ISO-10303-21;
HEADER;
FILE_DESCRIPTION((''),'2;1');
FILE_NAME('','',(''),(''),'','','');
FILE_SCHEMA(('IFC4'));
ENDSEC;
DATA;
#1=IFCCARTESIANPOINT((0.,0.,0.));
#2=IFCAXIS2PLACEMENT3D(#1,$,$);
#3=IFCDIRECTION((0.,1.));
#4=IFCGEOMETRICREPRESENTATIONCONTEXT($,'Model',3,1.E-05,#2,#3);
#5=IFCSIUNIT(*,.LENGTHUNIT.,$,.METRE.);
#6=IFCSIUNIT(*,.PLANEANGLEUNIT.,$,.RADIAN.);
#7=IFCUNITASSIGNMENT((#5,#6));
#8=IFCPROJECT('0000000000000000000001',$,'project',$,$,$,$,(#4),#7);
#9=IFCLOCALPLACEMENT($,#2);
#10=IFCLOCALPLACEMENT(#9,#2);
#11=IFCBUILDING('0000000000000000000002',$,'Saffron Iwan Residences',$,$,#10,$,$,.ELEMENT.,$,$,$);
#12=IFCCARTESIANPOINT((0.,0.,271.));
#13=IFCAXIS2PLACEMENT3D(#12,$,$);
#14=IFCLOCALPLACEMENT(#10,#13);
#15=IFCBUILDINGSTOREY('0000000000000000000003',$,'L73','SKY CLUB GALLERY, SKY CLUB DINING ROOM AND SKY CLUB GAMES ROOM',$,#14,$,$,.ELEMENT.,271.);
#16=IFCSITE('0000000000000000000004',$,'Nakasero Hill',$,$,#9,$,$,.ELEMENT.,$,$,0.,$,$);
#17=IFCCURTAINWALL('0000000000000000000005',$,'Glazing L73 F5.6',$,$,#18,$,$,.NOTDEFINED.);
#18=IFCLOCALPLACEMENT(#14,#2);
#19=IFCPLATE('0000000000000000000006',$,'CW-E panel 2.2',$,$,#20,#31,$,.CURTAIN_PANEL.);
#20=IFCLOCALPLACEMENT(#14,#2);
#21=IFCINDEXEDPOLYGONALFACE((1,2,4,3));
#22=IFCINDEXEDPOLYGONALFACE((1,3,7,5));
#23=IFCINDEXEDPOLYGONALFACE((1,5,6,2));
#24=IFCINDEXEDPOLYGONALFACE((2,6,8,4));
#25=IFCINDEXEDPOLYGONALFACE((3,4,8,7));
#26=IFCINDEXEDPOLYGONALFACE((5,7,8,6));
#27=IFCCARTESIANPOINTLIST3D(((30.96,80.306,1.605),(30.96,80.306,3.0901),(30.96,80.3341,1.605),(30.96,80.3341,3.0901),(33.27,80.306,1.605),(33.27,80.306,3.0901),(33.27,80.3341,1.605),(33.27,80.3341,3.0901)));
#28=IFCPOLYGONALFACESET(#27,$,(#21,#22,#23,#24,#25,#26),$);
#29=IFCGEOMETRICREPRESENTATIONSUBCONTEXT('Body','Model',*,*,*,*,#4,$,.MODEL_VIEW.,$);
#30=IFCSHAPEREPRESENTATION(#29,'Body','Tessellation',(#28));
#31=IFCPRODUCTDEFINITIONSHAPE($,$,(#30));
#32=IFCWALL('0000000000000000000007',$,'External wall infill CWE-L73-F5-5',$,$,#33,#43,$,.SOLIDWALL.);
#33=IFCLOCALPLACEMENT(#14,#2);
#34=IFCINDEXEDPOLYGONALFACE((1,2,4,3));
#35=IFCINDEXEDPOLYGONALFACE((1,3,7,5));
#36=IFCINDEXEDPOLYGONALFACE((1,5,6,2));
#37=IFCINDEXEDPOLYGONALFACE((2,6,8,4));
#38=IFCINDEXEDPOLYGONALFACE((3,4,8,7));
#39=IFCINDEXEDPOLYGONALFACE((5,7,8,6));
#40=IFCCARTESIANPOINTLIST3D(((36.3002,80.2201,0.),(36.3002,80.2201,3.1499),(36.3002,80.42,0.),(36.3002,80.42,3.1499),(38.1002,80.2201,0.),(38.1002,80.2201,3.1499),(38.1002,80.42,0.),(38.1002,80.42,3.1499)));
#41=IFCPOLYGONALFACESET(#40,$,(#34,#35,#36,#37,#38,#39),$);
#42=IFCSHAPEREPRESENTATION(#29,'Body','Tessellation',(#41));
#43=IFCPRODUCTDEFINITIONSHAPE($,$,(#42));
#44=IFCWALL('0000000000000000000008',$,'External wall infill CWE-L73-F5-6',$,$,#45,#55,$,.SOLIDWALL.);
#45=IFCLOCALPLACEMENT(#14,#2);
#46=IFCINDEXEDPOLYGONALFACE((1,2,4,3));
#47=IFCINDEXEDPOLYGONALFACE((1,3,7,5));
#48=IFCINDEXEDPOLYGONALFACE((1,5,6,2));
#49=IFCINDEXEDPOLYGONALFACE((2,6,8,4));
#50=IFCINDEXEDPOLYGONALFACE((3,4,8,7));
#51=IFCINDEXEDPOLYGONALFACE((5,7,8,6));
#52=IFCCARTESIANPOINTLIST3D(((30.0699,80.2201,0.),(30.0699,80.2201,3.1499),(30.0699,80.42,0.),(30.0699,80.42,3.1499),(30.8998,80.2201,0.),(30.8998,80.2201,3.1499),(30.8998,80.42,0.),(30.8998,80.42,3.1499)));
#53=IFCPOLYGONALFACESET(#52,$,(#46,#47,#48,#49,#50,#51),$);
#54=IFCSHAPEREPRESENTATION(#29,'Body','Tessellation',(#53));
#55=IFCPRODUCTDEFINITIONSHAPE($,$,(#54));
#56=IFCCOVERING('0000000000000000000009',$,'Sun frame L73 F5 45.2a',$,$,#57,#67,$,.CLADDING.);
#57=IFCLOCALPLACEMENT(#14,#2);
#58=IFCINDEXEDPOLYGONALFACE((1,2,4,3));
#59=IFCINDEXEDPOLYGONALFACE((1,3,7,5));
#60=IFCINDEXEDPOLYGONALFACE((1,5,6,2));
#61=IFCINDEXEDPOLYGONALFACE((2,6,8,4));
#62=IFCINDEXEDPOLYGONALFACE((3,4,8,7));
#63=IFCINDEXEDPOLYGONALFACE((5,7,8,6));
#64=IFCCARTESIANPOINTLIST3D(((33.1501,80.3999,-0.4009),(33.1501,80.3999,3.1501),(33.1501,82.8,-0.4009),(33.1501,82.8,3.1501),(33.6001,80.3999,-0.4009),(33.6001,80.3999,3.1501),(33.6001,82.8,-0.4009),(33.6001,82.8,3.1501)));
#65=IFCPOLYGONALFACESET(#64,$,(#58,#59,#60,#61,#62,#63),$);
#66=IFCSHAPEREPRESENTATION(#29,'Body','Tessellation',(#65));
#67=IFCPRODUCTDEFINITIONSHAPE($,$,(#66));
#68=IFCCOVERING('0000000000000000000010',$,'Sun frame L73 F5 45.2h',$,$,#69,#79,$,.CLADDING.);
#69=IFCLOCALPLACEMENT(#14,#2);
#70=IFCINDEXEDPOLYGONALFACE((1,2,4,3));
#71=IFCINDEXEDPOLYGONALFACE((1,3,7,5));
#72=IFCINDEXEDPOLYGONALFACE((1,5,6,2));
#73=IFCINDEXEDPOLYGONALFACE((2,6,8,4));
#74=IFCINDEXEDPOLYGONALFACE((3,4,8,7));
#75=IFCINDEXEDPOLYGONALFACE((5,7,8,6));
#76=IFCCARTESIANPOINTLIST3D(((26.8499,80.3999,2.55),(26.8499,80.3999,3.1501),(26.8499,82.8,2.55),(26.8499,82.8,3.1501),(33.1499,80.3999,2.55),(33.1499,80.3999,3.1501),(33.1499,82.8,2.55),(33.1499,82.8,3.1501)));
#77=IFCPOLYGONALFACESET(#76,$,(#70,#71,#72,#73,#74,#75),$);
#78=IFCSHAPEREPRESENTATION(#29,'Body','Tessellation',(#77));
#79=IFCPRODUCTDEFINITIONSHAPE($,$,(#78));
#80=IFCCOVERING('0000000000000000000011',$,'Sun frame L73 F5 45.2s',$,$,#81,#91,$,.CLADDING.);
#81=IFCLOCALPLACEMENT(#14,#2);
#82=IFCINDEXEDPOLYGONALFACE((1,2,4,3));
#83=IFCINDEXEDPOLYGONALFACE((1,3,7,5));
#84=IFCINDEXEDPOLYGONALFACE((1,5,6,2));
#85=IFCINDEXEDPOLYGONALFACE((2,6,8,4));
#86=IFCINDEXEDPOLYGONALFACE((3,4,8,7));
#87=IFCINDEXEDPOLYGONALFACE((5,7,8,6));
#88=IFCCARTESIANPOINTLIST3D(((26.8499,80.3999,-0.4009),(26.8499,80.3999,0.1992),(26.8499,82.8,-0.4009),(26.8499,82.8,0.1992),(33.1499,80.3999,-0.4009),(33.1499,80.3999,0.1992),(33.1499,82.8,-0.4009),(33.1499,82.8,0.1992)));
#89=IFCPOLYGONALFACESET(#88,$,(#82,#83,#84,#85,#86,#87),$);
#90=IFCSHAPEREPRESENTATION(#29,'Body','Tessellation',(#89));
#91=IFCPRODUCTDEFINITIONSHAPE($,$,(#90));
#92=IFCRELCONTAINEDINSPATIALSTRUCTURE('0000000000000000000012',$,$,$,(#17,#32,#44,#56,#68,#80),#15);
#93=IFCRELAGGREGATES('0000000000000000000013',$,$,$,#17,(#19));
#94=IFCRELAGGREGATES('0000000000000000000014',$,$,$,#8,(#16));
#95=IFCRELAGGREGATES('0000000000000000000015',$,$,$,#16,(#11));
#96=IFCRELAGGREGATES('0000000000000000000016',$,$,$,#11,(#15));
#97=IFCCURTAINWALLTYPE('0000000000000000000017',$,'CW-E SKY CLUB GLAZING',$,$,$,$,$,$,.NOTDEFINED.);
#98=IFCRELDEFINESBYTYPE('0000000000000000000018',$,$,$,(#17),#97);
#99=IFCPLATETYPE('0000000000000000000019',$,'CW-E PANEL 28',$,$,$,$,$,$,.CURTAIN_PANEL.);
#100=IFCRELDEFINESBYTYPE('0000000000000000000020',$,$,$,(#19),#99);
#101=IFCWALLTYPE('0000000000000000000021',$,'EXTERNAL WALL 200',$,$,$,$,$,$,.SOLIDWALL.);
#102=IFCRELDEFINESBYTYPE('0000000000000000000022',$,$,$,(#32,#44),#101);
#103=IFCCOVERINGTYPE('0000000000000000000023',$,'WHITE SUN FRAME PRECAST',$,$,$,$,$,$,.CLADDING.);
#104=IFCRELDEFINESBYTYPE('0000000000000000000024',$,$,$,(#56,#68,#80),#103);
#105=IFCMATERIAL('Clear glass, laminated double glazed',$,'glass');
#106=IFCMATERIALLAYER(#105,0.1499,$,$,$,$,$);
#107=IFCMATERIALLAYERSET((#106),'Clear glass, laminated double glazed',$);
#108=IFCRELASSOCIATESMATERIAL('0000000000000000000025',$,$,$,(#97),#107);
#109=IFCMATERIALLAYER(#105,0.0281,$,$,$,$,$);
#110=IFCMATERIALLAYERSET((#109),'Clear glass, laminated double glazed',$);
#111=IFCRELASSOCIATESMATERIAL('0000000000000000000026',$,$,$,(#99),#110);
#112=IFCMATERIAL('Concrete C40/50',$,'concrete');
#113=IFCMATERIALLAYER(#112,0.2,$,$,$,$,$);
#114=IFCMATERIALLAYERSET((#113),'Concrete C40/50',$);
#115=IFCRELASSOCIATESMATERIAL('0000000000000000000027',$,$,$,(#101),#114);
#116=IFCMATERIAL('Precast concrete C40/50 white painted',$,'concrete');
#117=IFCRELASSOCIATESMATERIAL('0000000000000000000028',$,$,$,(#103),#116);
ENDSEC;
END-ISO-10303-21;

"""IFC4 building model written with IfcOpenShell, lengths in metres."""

from ifc_helpers import new_model, si_unit, direction, frame, frame_2d, origin, origin_2d, place, context, subcontext, project, spatial, polyline, rectangle, outline, extrude, source, transform, mapped, material, layer, layer_set, type_object, element, aggregate, save


model = new_model("IFC4")

# Units and contexts
model_context = context("Model", 3, precision=1e-05, world=origin(), true_north=direction((0.0, 1.0)))
body_context = subcontext(model_context, "Body", "Model", "MODEL_VIEW")
ifc_project = project(units=[si_unit("LENGTHUNIT", "METRE"), si_unit("PLANEANGLEUNIT", "RADIAN")], contexts=[model_context])

# Site, building, storey
site_placement = place(None, origin())
site = spatial("IfcSite", under=ifc_project, at=site_placement, Name="Nakasero Hill", CompositionType="ELEMENT", RefElevation=0.0)
building_placement = place(site_placement, origin())
building = spatial("IfcBuilding", under=site, at=building_placement, Name="Saffron Iwan Residences", CompositionType="ELEMENT")
storey_placement = place(building_placement, frame((0.0, 0.0, 271.0)))
storey = spatial("IfcBuildingStorey", under=building, at=storey_placement, Name="L73", Description="SKY CLUB GALLERY, SKY CLUB DINING ROOM AND SKY CLUB GAMES ROOM", CompositionType="ELEMENT", Elevation=271.0)

# Shared definitions
ifc_material_1 = material(Name="Clear glass, laminated double glazed", Category="glass")
ifc_layer_1 = layer(ifc_material_1, 0.1499)
ifc_layer_set_1 = layer_set([ifc_layer_1], Name="Clear glass, laminated double glazed")
curtain_wall_type = type_object("IfcCurtainWallType", Name="CW-E SKY CLUB GLAZING", PredefinedType="NOTDEFINED", material=ifc_layer_set_1)

# Curtain wall
curtain_wall_1_placement = place(storey_placement, origin())
curtain_wall_1 = element("IfcCurtainWall", 1, at=curtain_wall_1_placement, inside=storey, type_object=curtain_wall_type, Name="Glazing L73 F5.6", PredefinedType="NOTDEFINED")

# Plate
ifc_layer_2 = layer(ifc_material_1, 0.0281)
ifc_layer_set_2 = layer_set([ifc_layer_2], Name="Clear glass, laminated double glazed")
plate_type = type_object("IfcPlateType", Name="CW-E PANEL 28", PredefinedType="CURTAIN_PANEL", material=ifc_layer_set_2)
shared_shape_1 = source(origin(), body_context, "Body", "SweptSolid", [
    extrude(rectangle(XDim=2.3101, YDim=0.0281, at=origin_2d()), origin(), (0.0, 0.0, 1.0), 1.4851),
])
plate_1_placement = place(storey_placement, frame((32.115, 80.3201, 1.605), z_axis=(0.0, 0.0, 1.0), x_axis=(-1.0, 0.0, 0.0)))
plate_1 = element("IfcPlate", 2, at=plate_1_placement, type_object=plate_type, Name="CW-E panel 2.2", PredefinedType="CURTAIN_PANEL", context=body_context, shape_type="MappedRepresentation", body=[
    mapped(shared_shape_1, transform((0.0, 0.0, 0.0))),
])
aggregate(curtain_wall_1, [plate_1])

# Walls
ifc_material_2 = material(Name="Concrete C40/50", Category="concrete")
ifc_layer_3 = layer(ifc_material_2, 0.2)
ifc_layer_set_3 = layer_set([ifc_layer_3], Name="Concrete C40/50")
wall_type = type_object("IfcWallType", Name="EXTERNAL WALL 200", PredefinedType="SOLIDWALL", material=ifc_layer_set_3)
wall_1_placement = place(storey_placement, frame((38.1001, 80.3201, 0.0), z_axis=(0.0, 0.0, 1.0), x_axis=(-1.0, 0.0, 0.0)))
element("IfcWall", 3, at=wall_1_placement, inside=storey, type_object=wall_type, Name="External wall infill CWE-L73-F5-5", PredefinedType="SOLIDWALL", context=body_context, shape_type="SweptSolid", body=[
    extrude(rectangle(XDim=1.8, YDim=0.2, at=frame_2d((0.8999, 0.0))), origin(), (0.0, 0.0, 1.0), 3.1499),
])
wall_2_placement = place(storey_placement, frame((30.8999, 80.3201, 0.0), z_axis=(0.0, 0.0, 1.0), x_axis=(-1.0, 0.0, 0.0)))
element("IfcWall", 4, at=wall_2_placement, inside=storey, type_object=wall_type, Name="External wall infill CWE-L73-F5-6", PredefinedType="SOLIDWALL", context=body_context, shape_type="SweptSolid", body=[
    extrude(rectangle(XDim=0.8298, YDim=0.2, at=frame_2d((0.415, 0.0))), origin(), (0.0, 0.0, 1.0), 3.1499),
])

# Coverings
ifc_material_3 = material(Name="Precast concrete C40/50 white painted", Category="concrete")
covering_type = type_object("IfcCoveringType", Name="WHITE SUN FRAME PRECAST", PredefinedType="CLADDING", material=ifc_material_3)
covering_placement = place(storey_placement, frame((33.6001, 80.3999, -0.4009), z_axis=(0.0, 1.0, 0.0), x_axis=(-1.0, 0.0, 0.0)))
element("IfcCovering", 5, at=covering_placement, inside=storey, type_object=covering_type, Name="Sun frame L73 F5 45.2a", PredefinedType="CLADDING", context=body_context, shape_type="SweptSolid", body=[
    extrude(outline(polyline([(0.0, 0.0), (0.45, 0.0), (0.45, 3.551), (0.0, 3.551), (0.0, 0.0)])), origin(), (0.0, 0.0, 1.0), 2.4001),
])
for number, where, z_axis, x_axis, name in (
    (6, (33.1499, 80.3999, 2.55), (0.0, 1.0, 0.0), (-1.0, 0.0, 0.0), "Sun frame L73 F5 45.2h"),
    (7, (33.1499, 80.3999, -0.4009), (0.0, 1.0, 0.0), (-1.0, 0.0, 0.0), "Sun frame L73 F5 45.2s"),
):
    element("IfcCovering", number, at=place(storey_placement, frame(where, z_axis=z_axis, x_axis=x_axis)), inside=storey, type_object=covering_type, Name=name, PredefinedType="CLADDING", context=body_context, shape_type="SweptSolid", body=[
        extrude(outline(polyline([(0.0, 0.0), (6.3, 0.0), (6.3, 0.6001), (0.0, 0.6001), (0.0, 0.0)])), origin(), (0.0, 0.0, 1.0), 2.4001),
    ])

save(model, "model.ifc")
